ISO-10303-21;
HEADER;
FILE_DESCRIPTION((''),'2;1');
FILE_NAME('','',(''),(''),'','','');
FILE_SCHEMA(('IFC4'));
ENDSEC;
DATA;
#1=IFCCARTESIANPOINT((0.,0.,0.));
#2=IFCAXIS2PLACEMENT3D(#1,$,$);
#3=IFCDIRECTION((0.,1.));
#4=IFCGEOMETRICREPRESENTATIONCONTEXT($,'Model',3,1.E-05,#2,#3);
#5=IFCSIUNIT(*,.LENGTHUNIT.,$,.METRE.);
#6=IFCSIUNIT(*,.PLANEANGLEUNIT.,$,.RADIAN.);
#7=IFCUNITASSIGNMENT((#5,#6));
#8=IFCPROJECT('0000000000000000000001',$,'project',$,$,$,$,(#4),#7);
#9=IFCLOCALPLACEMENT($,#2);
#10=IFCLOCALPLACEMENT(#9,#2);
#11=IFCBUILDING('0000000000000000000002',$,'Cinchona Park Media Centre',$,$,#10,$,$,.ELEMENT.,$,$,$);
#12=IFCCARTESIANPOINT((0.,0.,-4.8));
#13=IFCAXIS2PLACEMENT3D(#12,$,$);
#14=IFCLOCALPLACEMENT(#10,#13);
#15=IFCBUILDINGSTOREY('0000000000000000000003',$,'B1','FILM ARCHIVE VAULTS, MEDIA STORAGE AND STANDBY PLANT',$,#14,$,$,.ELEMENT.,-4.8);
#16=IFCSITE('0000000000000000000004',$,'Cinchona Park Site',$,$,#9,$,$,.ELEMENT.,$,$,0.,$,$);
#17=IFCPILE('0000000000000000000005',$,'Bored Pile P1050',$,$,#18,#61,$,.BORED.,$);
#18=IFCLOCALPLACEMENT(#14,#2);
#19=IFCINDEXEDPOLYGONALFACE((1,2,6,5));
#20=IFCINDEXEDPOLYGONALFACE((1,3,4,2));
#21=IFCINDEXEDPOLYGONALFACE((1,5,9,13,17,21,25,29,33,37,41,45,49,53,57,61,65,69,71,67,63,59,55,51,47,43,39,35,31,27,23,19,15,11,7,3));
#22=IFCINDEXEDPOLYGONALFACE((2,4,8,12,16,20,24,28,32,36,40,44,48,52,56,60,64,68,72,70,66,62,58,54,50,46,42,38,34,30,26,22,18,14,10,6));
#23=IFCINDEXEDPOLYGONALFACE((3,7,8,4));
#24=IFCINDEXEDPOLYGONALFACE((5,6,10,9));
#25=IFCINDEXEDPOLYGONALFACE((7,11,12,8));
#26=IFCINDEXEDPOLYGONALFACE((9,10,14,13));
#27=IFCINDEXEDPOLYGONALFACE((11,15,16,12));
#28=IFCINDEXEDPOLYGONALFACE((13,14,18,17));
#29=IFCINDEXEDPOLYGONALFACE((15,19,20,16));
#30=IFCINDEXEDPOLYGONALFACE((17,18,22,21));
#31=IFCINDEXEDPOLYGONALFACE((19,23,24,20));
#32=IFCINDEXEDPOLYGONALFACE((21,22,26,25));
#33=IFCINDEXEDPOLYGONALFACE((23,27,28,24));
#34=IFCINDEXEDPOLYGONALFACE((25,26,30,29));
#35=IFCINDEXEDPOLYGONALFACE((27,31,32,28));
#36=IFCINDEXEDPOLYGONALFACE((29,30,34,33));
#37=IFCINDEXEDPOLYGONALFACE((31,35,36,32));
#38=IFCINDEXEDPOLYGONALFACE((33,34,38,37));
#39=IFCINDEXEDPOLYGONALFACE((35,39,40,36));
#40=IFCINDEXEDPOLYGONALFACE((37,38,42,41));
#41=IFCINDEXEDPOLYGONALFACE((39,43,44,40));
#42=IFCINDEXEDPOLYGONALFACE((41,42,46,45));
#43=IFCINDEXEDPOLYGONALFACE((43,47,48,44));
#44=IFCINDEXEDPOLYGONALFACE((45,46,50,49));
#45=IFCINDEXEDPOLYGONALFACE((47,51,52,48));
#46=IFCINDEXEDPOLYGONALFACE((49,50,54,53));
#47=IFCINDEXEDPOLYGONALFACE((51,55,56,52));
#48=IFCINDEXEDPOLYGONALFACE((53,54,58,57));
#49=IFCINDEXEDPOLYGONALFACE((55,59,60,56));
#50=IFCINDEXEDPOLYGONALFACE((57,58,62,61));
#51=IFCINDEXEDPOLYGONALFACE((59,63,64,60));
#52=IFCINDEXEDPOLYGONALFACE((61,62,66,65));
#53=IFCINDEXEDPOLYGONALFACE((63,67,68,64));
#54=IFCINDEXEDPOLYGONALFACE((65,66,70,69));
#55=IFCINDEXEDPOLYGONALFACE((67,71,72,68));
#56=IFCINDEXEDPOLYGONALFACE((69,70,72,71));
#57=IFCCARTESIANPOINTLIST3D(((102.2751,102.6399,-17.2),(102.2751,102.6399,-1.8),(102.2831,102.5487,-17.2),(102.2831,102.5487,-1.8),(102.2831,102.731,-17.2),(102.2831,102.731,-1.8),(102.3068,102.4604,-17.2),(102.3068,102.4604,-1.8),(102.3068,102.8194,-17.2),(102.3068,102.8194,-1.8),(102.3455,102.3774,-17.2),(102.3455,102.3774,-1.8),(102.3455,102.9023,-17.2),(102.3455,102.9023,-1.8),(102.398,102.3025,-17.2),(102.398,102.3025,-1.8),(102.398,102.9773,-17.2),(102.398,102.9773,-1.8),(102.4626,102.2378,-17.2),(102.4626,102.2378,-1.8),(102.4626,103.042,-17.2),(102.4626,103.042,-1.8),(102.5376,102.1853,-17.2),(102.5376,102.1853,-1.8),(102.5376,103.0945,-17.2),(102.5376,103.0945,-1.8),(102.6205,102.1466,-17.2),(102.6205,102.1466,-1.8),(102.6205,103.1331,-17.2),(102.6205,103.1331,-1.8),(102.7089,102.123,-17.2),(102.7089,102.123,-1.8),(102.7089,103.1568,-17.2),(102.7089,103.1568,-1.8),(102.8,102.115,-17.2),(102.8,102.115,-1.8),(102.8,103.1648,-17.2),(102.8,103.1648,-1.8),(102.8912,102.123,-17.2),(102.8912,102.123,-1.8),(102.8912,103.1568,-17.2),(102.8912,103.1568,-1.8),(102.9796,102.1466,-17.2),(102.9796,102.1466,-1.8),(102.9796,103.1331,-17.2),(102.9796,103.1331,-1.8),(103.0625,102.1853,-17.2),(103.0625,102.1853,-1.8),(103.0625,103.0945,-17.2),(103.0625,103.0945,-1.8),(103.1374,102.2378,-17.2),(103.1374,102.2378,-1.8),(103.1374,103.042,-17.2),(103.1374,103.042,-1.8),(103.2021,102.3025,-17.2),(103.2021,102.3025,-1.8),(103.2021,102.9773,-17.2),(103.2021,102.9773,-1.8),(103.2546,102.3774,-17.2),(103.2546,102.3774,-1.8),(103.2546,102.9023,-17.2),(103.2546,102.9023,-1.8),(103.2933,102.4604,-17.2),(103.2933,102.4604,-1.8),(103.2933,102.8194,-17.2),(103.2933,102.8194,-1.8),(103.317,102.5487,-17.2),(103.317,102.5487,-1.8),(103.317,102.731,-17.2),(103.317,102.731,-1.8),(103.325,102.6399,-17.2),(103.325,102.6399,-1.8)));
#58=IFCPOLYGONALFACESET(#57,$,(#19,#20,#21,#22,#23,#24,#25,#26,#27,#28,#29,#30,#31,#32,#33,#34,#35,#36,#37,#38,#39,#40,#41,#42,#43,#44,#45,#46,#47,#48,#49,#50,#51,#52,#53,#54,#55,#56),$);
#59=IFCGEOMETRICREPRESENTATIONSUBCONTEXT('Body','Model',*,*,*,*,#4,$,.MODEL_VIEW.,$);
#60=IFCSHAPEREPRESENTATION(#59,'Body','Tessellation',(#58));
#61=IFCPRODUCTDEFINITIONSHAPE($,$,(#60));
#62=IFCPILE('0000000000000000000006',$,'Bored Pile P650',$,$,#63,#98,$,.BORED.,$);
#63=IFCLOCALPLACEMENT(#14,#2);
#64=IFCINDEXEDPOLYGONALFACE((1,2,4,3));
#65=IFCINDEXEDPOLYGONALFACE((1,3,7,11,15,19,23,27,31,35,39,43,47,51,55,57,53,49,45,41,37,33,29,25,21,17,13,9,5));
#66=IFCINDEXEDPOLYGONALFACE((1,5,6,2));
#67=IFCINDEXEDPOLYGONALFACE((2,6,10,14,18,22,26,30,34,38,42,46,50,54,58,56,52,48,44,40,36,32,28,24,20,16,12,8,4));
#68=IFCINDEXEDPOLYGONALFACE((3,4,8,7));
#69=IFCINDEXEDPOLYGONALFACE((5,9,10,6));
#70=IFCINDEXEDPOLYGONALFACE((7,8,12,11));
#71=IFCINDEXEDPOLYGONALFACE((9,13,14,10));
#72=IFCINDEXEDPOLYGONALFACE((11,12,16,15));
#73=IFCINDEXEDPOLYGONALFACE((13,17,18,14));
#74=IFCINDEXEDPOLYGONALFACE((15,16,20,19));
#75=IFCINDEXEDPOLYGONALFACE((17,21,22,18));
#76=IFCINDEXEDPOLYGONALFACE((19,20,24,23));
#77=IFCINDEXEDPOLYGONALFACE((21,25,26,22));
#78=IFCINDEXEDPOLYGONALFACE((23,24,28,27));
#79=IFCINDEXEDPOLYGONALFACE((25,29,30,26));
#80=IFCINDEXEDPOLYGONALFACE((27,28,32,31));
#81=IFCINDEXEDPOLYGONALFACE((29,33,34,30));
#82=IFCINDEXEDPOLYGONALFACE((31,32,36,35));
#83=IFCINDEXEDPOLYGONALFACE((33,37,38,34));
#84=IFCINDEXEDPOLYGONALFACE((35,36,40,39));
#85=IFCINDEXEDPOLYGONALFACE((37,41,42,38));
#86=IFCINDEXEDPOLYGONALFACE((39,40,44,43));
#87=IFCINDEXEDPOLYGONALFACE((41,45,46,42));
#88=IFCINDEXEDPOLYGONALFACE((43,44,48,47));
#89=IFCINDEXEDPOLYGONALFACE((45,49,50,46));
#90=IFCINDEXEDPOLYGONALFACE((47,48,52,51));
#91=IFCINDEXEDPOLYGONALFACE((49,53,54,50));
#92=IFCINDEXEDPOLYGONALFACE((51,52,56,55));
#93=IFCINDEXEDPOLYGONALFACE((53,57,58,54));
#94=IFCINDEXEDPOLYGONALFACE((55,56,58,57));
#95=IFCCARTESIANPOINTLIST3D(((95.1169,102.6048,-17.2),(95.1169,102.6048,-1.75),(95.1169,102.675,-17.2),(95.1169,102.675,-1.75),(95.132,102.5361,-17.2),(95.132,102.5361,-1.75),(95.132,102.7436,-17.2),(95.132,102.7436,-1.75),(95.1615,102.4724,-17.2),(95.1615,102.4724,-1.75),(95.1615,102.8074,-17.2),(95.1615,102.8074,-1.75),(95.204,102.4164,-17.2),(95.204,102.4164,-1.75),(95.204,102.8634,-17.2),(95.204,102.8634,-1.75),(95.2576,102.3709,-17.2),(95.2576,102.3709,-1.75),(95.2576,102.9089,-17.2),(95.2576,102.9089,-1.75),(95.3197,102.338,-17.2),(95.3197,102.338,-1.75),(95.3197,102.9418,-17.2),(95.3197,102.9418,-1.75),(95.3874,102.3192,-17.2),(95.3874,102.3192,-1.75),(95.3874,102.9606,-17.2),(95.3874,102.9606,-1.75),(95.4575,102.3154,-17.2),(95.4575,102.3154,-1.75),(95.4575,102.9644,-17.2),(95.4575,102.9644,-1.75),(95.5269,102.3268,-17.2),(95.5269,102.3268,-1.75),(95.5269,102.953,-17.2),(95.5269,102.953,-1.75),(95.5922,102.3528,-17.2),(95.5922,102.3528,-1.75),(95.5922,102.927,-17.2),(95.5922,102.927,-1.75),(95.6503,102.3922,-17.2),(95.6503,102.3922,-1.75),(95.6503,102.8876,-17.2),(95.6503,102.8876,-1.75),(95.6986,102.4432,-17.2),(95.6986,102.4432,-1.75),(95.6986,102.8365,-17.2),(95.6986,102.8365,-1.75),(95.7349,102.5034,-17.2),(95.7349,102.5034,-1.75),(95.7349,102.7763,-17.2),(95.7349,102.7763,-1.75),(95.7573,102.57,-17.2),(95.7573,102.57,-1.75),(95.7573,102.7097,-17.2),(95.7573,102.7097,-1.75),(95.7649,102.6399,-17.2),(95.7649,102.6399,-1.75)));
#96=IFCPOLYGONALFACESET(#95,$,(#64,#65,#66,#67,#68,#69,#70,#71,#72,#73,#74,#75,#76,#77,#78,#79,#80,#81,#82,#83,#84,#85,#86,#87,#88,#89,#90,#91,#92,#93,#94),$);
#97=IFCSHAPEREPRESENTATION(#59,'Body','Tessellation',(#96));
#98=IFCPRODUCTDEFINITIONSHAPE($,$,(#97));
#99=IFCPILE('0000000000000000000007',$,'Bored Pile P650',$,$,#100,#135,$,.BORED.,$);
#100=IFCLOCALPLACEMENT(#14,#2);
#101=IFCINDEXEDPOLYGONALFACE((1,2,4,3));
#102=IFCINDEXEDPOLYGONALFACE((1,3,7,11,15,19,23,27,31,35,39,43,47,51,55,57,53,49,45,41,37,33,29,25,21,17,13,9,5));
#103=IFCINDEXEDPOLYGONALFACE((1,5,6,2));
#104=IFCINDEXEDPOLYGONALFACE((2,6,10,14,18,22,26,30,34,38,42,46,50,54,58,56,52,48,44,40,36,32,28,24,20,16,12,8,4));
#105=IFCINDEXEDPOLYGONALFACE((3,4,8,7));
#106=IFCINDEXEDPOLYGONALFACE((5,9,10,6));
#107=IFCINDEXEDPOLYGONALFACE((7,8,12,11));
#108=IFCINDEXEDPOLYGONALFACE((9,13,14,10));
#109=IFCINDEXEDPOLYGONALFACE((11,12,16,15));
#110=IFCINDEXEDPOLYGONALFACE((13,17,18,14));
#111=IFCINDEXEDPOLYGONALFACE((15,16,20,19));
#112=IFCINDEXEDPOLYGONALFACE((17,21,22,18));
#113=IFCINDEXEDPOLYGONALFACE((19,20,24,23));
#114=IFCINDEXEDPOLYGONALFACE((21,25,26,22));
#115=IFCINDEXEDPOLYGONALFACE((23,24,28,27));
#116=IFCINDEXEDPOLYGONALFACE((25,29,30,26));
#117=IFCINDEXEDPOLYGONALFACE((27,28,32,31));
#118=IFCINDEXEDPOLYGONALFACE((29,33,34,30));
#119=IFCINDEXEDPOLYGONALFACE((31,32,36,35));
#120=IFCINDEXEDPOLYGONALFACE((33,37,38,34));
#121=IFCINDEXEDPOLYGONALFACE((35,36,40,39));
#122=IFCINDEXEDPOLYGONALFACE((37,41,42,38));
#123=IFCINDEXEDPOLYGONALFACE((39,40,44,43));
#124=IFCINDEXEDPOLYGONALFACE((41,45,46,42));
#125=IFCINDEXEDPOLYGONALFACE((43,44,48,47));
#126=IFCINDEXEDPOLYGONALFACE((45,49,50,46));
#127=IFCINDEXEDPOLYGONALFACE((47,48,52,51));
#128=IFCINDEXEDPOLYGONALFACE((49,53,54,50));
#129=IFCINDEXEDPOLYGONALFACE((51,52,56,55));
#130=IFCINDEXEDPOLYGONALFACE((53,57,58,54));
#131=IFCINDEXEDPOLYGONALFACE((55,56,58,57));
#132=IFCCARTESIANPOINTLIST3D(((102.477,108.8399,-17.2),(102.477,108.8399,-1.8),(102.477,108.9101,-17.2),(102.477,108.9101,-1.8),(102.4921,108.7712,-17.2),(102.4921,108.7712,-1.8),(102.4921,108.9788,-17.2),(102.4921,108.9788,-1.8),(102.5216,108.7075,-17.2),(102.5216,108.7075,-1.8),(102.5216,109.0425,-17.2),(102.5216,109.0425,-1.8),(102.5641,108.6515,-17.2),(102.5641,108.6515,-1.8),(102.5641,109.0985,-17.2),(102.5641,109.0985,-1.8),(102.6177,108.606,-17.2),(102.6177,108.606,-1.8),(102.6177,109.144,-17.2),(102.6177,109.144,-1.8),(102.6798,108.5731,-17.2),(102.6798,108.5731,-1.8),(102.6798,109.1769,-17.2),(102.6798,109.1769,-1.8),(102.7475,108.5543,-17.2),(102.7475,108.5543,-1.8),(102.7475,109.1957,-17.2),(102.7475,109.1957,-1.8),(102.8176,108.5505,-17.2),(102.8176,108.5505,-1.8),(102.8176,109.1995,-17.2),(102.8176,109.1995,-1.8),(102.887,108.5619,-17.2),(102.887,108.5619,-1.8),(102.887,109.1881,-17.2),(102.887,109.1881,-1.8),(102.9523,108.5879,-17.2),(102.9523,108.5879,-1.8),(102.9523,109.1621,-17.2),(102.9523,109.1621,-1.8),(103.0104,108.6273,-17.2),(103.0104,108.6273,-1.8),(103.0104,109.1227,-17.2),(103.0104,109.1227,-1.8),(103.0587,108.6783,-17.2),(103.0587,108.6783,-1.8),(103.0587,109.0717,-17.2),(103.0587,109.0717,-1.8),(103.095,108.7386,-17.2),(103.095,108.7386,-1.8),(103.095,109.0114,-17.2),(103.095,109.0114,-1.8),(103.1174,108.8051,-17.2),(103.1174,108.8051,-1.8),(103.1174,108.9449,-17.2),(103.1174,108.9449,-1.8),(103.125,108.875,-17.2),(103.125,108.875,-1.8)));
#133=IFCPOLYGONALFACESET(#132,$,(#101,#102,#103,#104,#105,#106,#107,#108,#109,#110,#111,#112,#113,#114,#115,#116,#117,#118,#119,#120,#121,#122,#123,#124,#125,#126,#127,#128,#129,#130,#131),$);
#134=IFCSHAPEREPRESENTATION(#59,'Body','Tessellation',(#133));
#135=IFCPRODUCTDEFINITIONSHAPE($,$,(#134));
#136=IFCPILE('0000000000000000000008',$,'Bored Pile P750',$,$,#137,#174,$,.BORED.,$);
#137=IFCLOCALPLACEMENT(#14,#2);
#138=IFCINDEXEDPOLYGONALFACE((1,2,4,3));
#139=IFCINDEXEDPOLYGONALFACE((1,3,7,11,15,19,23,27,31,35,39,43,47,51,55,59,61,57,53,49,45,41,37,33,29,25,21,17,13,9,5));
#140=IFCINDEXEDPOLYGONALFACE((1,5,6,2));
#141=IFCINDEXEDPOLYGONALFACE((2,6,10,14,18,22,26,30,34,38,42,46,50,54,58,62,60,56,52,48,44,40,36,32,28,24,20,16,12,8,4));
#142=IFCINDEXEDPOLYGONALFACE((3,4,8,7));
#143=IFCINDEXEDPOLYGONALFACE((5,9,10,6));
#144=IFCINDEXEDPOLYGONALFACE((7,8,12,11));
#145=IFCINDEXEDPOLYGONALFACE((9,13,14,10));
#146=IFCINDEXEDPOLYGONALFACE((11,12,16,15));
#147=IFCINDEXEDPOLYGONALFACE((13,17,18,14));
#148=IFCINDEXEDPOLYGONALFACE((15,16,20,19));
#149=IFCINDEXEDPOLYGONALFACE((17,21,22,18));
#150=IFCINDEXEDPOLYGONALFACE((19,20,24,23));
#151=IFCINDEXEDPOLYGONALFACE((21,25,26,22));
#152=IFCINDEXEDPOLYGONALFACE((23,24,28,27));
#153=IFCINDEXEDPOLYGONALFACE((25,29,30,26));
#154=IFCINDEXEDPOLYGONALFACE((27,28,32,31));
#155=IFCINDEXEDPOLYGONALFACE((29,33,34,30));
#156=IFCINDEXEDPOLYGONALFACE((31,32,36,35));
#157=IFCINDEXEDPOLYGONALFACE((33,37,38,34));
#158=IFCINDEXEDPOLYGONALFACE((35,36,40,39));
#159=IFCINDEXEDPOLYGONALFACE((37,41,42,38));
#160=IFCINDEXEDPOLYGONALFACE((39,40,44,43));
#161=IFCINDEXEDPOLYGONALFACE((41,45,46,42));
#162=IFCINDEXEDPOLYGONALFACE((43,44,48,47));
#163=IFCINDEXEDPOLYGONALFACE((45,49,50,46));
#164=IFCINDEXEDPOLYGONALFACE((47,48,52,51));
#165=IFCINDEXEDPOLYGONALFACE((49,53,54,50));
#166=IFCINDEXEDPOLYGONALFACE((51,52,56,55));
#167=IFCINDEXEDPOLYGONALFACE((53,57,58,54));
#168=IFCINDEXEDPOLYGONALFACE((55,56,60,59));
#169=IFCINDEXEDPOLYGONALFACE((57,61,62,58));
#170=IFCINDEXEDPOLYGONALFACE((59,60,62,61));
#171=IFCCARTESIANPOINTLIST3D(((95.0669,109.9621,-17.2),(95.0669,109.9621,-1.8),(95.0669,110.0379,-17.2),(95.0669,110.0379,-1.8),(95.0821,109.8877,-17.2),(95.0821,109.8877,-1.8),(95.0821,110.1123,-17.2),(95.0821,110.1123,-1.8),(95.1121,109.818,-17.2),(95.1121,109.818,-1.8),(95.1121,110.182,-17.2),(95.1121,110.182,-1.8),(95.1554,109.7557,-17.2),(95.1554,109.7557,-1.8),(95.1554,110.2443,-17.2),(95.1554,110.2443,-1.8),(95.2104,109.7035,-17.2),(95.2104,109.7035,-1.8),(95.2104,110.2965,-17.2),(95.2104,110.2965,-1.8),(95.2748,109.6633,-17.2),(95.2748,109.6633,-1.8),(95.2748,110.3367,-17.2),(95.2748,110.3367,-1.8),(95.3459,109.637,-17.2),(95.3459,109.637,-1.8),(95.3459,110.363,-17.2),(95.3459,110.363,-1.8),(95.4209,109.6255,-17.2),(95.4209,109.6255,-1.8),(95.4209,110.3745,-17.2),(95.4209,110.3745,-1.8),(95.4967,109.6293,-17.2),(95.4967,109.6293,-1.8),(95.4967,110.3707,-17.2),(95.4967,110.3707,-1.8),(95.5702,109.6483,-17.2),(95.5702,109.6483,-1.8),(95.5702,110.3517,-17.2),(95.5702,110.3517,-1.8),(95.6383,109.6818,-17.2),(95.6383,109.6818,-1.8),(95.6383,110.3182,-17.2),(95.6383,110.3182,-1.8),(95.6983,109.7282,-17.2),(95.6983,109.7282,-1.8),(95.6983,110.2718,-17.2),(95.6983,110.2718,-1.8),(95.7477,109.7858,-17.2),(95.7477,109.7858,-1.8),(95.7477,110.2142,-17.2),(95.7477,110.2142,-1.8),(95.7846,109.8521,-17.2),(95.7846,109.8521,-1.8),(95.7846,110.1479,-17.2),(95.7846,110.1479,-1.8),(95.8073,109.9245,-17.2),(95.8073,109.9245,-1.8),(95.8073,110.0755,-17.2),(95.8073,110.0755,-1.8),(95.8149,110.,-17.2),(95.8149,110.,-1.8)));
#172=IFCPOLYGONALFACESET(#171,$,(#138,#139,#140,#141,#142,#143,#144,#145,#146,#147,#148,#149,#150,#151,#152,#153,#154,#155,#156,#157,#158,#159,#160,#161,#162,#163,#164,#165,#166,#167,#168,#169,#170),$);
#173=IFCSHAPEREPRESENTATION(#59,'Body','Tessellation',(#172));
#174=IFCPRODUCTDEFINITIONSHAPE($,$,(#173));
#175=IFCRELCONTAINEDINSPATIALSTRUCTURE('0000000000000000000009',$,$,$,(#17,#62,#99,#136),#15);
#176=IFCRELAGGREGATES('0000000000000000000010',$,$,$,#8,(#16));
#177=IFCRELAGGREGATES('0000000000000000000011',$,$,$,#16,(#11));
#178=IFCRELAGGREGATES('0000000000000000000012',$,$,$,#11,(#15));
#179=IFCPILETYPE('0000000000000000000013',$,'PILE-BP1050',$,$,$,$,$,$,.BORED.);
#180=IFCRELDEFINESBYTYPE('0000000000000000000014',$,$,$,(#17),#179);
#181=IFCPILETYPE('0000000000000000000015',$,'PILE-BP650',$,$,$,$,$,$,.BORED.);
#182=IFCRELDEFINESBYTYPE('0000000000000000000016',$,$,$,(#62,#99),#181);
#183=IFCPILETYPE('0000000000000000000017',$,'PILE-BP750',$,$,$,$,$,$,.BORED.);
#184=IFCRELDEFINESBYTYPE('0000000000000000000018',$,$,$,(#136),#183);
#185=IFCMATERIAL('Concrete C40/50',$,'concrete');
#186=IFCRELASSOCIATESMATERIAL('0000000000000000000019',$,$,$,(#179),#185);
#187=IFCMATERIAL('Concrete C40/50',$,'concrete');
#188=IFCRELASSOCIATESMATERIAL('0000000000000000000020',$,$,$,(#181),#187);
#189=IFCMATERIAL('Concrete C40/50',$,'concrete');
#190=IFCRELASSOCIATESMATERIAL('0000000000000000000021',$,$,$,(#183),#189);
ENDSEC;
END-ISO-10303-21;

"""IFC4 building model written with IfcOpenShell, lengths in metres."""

from ifc_helpers import new_model, si_unit, direction, frame, origin, origin_2d, place, context, subcontext, project, spatial, circle, extrude, material, material_profile, profile_set, type_object, element, save


model = new_model("IFC4")

# Units and contexts
model_context = context("Model", 3, precision=1e-05, world=origin(), true_north=direction((0.0, 1.0)))
body_context = subcontext(model_context, "Body", "Model", "MODEL_VIEW")
ifc_project = project(units=[si_unit("LENGTHUNIT", "METRE"), si_unit("PLANEANGLEUNIT", "RADIAN")], contexts=[model_context])

# Site, building, storey
site_placement = place(None, origin())
site = spatial("IfcSite", under=ifc_project, at=site_placement, Name="Cinchona Park Site", CompositionType="ELEMENT", RefElevation=0.0)
building_placement = place(site_placement, origin())
building = spatial("IfcBuilding", under=site, at=building_placement, Name="Cinchona Park Media Centre", CompositionType="ELEMENT")
storey_placement = place(building_placement, frame((0.0, 0.0, -4.8)))
storey = spatial("IfcBuildingStorey", under=building, at=storey_placement, Name="B1", Description="FILM ARCHIVE VAULTS, MEDIA STORAGE AND STANDBY PLANT", CompositionType="ELEMENT", Elevation=-4.8)

# Piles
ifc_material_1 = material(Name="Concrete C40/50", Category="concrete")
ifc_material_profile_1 = material_profile(ifc_material_1, circle(Radius=0.5249, at=origin_2d()), Name="BORED PILE 1050")
ifc_profile_set_1 = profile_set([ifc_material_profile_1], Name="Concrete C40/50")
pile_type_1 = type_object("IfcPileType", Name="PILE-BP1050", PredefinedType="BORED", material=ifc_profile_set_1)
pile_1_placement = place(storey_placement, frame((102.8, 102.6399, -1.8), z_axis=(0.0, 0.0, -1.0), x_axis=(1.0, 0.0, 0.0)))
element("IfcPile", 1, at=pile_1_placement, inside=storey, type_object=pile_type_1, Name="Bored Pile P1050", PredefinedType="BORED", context=body_context, shape_type="SweptSolid", body=[
    extrude(circle(Radius=0.5249, at=origin_2d()), origin(), (0.0, 0.0, 1.0), 15.3999),
])
ifc_material_2 = material(Name="Concrete C40/50", Category="concrete")
ifc_material_profile_2 = material_profile(ifc_material_2, circle(Radius=0.325, at=origin_2d()), Name="BORED PILE 650")
ifc_profile_set_2 = profile_set([ifc_material_profile_2], Name="Concrete C40/50")
pile_type_2 = type_object("IfcPileType", Name="PILE-BP650", PredefinedType="BORED", material=ifc_profile_set_2)
pile_2_placement = place(storey_placement, frame((95.4399, 102.6399, -1.75), z_axis=(0.0, 0.0, -1.0), x_axis=(1.0, 0.0, 0.0)))
element("IfcPile", 2, at=pile_2_placement, inside=storey, type_object=pile_type_2, Name="Bored Pile P650", PredefinedType="BORED", context=body_context, shape_type="SweptSolid", body=[
    extrude(circle(Radius=0.325, at=origin_2d()), origin(), (0.0, 0.0, 1.0), 15.45),
])
pile_3_placement = place(storey_placement, frame((102.8, 108.875, -1.8), z_axis=(0.0, 0.0, -1.0), x_axis=(1.0, 0.0, 0.0)))
element("IfcPile", 3, at=pile_3_placement, inside=storey, type_object=pile_type_2, Name="Bored Pile P650", PredefinedType="BORED", context=body_context, shape_type="SweptSolid", body=[
    extrude(circle(Radius=0.325, at=origin_2d()), origin(), (0.0, 0.0, 1.0), 15.3999),
])
ifc_material_3 = material(Name="Concrete C40/50", Category="concrete")
ifc_material_profile_3 = material_profile(ifc_material_3, circle(Radius=0.375, at=origin_2d()), Name="BORED PILE 750")
ifc_profile_set_3 = profile_set([ifc_material_profile_3], Name="Concrete C40/50")
pile_type_3 = type_object("IfcPileType", Name="PILE-BP750", PredefinedType="BORED", material=ifc_profile_set_3)
pile_4_placement = place(storey_placement, frame((95.4399, 110.0, -1.8), z_axis=(0.0, 0.0, -1.0), x_axis=(1.0, 0.0, 0.0)))
element("IfcPile", 4, at=pile_4_placement, inside=storey, type_object=pile_type_3, Name="Bored Pile P750", PredefinedType="BORED", context=body_context, shape_type="SweptSolid", body=[
    extrude(circle(Radius=0.375, at=origin_2d()), origin(), (0.0, 0.0, 1.0), 15.3999),
])

save(model, "model.ifc")
